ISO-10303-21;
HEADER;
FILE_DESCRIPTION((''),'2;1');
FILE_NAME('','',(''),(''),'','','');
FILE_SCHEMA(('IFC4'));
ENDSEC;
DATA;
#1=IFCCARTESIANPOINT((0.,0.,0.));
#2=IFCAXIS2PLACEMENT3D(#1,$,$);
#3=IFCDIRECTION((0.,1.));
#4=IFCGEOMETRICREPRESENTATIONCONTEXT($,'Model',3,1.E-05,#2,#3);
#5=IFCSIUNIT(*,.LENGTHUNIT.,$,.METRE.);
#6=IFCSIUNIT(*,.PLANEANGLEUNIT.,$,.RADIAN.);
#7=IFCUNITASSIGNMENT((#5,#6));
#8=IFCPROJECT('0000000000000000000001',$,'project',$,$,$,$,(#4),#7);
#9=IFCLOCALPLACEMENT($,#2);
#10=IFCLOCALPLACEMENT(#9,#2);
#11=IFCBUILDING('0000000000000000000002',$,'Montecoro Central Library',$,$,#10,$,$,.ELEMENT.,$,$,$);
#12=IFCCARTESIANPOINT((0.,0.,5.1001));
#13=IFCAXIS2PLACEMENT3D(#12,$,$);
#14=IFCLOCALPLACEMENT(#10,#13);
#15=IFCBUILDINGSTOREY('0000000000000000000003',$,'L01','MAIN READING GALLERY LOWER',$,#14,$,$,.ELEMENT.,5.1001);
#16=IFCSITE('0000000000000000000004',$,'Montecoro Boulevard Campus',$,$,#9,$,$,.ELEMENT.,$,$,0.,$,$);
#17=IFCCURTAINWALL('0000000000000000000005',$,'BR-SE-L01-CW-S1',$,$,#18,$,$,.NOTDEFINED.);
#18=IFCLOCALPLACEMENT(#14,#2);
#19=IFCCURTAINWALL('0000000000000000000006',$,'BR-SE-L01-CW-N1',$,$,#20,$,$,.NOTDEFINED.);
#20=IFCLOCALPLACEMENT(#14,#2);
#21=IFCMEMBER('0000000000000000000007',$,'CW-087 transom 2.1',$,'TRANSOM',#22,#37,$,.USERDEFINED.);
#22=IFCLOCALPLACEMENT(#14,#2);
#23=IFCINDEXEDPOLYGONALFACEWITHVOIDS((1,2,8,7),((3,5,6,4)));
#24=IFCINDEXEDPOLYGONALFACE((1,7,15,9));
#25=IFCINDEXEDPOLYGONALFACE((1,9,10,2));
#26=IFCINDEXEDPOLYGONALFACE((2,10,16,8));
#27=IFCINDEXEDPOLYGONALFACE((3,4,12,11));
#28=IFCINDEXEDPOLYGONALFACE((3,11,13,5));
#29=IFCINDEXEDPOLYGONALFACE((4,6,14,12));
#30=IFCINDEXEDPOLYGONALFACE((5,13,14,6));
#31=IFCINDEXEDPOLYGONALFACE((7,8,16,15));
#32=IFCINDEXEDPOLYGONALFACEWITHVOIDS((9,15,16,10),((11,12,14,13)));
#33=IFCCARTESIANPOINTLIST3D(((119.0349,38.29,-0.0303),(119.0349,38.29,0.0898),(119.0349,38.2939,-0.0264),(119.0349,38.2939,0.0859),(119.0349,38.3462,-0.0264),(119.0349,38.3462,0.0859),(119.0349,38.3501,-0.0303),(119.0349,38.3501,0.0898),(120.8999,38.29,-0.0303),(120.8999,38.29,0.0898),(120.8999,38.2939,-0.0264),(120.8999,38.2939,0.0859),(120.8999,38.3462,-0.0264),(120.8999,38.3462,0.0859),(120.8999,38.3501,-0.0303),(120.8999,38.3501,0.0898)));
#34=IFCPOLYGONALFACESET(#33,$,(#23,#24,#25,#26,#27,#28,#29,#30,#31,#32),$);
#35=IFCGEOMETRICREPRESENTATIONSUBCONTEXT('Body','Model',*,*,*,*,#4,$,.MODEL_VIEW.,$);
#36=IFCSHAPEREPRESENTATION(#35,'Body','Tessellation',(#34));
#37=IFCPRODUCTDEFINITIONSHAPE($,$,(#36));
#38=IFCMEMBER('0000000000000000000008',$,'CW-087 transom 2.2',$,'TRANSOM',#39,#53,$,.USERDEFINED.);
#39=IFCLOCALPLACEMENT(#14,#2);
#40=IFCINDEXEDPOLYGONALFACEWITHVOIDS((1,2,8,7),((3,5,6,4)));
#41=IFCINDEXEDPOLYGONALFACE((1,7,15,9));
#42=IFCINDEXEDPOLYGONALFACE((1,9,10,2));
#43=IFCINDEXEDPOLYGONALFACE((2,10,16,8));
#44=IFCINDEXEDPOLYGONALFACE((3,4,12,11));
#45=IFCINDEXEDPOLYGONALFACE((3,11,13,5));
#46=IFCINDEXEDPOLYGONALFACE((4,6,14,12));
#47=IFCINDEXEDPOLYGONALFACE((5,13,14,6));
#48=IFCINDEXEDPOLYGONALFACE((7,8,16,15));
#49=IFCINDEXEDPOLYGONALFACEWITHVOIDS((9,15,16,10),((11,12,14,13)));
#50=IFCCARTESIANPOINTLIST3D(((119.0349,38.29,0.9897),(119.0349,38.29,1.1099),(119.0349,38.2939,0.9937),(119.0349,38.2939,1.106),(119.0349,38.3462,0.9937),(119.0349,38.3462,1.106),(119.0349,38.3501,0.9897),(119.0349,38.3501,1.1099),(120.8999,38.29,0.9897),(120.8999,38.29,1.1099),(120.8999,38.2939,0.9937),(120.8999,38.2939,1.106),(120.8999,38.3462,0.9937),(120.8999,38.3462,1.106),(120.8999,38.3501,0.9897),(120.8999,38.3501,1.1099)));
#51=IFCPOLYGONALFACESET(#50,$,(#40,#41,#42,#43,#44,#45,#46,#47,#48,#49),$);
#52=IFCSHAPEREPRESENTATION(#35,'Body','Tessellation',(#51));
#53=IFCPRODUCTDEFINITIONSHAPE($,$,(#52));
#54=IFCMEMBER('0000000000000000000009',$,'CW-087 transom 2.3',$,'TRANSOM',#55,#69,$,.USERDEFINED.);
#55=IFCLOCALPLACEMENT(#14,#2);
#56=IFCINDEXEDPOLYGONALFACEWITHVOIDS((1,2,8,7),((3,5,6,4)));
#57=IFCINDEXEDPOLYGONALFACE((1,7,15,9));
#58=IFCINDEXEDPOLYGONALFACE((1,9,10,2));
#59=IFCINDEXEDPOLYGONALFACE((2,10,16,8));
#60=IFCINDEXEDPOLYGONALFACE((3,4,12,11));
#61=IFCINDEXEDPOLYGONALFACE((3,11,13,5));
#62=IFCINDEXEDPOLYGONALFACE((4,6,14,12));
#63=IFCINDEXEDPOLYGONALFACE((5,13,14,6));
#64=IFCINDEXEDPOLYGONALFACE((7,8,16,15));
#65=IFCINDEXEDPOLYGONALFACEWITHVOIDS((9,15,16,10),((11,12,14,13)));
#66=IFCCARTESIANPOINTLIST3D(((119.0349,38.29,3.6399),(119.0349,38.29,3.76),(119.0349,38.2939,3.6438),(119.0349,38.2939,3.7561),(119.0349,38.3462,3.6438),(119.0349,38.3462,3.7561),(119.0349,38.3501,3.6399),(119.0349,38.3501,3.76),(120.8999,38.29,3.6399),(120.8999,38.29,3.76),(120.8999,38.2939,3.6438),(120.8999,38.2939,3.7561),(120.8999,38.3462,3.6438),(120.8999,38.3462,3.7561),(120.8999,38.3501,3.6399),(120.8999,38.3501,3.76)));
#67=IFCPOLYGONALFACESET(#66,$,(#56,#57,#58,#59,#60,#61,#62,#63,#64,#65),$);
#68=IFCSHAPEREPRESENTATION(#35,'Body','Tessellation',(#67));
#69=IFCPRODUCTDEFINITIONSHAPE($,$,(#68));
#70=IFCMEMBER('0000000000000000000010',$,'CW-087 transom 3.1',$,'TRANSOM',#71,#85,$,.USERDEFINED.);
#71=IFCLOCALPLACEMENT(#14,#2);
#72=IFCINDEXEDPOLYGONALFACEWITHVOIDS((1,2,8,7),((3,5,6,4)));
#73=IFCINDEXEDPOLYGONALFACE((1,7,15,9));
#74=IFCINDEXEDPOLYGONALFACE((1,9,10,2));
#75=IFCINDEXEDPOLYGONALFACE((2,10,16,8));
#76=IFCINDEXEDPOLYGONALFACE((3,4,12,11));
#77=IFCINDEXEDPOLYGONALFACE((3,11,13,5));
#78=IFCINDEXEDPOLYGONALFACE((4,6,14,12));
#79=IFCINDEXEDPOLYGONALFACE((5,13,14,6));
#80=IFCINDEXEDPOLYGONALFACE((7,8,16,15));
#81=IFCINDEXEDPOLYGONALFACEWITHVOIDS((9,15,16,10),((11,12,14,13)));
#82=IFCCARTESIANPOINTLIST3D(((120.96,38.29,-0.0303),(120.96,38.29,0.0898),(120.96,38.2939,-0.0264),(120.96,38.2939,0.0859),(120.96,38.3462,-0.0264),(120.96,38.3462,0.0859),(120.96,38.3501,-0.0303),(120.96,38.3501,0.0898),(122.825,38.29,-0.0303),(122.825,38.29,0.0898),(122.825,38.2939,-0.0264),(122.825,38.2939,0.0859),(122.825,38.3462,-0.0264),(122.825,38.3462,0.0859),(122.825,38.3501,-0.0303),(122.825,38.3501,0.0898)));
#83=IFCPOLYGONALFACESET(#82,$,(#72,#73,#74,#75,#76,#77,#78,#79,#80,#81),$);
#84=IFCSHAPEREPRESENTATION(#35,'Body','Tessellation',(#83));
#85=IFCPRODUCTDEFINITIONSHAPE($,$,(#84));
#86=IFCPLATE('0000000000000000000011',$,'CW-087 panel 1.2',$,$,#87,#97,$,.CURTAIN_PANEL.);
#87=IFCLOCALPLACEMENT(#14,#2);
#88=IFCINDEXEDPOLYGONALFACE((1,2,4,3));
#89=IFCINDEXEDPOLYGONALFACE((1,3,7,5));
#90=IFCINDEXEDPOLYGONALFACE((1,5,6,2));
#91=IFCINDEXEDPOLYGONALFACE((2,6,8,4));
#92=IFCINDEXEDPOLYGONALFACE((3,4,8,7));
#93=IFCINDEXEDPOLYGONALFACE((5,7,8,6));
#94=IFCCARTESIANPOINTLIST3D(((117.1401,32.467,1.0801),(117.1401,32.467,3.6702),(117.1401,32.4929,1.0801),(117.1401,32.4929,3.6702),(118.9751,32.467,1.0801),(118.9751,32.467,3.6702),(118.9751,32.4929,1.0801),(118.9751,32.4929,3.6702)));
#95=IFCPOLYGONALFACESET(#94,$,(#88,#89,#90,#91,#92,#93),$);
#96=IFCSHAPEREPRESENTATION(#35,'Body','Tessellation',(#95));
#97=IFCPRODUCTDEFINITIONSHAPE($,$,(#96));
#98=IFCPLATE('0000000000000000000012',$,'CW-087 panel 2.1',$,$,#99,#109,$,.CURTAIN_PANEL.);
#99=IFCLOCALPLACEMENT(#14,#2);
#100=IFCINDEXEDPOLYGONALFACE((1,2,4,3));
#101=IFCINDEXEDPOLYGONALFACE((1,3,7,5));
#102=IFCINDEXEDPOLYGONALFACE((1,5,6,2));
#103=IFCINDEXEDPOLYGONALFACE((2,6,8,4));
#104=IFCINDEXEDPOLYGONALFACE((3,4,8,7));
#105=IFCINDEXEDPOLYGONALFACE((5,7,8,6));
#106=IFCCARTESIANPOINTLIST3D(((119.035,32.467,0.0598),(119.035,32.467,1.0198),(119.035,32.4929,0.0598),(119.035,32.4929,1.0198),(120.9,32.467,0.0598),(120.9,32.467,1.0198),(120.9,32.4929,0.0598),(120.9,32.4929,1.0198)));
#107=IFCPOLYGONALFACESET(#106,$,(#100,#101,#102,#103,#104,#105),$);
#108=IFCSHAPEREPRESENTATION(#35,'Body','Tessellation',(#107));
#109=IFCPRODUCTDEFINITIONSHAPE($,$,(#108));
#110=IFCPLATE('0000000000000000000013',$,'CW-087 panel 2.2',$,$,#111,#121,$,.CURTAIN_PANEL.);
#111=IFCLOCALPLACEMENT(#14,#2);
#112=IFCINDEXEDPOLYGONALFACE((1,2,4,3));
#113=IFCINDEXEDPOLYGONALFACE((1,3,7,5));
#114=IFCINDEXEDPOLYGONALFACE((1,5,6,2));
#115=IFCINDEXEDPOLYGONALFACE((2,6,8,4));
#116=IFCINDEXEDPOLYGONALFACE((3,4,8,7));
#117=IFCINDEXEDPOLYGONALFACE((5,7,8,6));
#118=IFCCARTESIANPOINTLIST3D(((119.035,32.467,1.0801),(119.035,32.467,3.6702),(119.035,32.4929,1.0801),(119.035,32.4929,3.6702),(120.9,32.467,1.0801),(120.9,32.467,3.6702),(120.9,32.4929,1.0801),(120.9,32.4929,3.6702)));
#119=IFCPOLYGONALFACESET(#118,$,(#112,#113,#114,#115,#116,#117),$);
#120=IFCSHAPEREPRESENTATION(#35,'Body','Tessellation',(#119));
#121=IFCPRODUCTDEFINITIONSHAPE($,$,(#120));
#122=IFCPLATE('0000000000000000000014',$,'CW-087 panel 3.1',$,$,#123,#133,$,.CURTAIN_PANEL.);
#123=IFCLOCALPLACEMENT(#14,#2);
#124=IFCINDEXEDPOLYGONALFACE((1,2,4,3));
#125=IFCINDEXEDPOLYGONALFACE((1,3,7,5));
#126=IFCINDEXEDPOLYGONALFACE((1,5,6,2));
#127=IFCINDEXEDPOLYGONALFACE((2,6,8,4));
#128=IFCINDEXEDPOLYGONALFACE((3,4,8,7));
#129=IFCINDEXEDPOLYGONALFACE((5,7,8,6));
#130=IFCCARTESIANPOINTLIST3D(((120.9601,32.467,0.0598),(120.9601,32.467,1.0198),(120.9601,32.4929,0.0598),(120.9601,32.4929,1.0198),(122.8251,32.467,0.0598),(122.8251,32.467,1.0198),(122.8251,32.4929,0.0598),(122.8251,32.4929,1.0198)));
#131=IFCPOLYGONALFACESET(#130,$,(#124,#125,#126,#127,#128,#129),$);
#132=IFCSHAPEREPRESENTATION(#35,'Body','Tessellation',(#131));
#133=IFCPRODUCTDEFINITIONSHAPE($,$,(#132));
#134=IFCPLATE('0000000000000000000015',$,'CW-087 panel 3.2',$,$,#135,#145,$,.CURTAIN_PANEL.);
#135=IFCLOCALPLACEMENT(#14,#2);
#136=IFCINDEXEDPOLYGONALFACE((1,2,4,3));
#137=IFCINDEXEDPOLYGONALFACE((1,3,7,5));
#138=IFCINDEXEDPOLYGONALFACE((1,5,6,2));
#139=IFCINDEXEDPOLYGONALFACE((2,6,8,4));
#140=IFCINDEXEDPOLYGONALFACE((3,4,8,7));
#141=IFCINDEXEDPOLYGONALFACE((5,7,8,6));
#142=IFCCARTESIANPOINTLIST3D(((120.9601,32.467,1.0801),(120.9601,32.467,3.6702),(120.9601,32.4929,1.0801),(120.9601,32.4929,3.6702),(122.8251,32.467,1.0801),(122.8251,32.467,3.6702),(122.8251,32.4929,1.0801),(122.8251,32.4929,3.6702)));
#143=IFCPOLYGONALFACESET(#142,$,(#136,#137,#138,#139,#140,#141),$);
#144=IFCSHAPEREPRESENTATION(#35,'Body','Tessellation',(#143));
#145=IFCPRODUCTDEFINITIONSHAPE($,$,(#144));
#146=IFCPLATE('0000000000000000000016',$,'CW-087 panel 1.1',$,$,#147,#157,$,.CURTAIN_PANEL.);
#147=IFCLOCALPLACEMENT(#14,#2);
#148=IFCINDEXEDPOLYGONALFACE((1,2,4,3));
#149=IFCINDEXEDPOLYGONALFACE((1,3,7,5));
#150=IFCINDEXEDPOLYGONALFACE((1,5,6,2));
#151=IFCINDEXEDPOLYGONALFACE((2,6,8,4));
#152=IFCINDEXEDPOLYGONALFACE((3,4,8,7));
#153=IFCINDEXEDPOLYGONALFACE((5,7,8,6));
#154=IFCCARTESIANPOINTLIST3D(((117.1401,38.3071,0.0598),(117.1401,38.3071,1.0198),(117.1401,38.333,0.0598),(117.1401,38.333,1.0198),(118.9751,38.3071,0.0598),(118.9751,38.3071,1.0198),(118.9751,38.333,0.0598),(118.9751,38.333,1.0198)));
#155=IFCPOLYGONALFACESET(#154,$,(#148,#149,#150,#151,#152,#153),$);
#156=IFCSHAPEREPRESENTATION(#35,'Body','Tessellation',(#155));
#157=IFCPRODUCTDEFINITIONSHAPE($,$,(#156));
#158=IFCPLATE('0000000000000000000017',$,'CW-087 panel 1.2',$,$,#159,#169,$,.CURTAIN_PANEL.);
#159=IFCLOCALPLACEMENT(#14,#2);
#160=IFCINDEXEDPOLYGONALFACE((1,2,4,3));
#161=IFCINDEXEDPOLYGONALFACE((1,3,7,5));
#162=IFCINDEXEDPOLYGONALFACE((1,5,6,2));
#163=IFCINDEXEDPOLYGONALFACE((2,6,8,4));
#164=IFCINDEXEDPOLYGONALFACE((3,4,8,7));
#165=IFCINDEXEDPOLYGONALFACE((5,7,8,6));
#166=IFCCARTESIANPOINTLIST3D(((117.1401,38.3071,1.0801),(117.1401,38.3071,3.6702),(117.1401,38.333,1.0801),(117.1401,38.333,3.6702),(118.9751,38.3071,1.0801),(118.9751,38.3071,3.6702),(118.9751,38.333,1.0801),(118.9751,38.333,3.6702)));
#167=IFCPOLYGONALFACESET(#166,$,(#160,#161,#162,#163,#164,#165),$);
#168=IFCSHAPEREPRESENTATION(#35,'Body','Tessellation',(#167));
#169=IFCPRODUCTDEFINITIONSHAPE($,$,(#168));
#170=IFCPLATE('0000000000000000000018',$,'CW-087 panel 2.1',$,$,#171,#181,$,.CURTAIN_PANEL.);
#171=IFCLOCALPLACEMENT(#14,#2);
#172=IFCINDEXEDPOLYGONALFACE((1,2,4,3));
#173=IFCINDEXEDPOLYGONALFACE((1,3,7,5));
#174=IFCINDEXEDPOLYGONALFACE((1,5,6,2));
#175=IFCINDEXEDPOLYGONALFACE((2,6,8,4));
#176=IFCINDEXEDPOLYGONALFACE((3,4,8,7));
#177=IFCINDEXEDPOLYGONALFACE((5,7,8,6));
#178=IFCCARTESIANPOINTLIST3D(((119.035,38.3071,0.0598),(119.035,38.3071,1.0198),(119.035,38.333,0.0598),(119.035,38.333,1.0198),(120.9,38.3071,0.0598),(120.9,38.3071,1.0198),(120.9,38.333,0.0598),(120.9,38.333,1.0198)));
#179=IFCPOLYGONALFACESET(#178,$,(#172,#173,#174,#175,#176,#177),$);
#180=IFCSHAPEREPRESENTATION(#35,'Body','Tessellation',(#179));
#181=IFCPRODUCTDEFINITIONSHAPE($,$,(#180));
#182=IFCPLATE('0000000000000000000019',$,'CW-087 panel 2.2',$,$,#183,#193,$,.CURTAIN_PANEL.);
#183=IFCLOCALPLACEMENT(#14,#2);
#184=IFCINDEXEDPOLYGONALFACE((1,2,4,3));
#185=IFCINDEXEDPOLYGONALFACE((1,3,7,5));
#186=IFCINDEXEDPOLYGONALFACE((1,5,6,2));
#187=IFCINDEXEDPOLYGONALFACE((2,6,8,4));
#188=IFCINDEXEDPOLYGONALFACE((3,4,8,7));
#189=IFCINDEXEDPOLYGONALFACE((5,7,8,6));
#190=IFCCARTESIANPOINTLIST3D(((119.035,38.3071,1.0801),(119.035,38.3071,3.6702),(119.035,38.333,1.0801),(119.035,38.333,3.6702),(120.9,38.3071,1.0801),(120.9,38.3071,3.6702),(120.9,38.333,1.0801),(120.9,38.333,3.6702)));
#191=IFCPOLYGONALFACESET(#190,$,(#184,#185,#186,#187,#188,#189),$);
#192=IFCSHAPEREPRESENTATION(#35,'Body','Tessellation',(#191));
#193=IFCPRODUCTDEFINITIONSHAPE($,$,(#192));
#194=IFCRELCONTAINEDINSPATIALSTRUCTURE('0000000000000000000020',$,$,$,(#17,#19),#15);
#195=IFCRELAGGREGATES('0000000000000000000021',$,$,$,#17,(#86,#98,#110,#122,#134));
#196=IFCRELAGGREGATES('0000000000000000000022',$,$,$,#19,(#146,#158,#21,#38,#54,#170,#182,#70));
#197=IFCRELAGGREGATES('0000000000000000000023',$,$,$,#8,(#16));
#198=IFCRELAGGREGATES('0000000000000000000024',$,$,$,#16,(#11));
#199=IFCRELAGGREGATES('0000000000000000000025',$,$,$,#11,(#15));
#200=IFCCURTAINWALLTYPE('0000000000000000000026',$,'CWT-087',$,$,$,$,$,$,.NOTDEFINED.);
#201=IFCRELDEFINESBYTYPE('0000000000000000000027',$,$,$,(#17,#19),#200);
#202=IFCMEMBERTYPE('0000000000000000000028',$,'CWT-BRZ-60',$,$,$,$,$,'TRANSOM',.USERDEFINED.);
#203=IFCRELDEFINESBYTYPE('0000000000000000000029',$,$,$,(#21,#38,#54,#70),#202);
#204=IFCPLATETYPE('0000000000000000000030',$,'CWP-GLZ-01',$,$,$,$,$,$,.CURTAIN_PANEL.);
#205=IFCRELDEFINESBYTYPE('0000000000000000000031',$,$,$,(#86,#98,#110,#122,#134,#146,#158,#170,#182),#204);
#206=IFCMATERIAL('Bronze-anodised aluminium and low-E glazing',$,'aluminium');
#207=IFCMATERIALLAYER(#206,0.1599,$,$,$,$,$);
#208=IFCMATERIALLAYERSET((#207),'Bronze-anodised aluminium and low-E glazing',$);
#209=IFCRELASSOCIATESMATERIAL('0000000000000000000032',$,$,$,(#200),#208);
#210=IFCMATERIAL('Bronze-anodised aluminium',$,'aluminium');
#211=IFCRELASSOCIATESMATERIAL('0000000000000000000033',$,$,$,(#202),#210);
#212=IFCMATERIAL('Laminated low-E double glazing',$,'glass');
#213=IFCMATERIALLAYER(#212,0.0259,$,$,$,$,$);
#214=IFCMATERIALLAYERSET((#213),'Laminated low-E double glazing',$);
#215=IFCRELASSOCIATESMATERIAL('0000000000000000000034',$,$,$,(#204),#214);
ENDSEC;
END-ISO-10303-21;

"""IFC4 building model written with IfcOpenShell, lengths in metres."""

from ifc_helpers import new_model, si_unit, direction, frame, origin, origin_2d, place, context, subcontext, project, spatial, rectangle, hollow_rectangle, extrude, material, layer, layer_set, material_profile, profile_set, type_object, element, aggregate, save


model = new_model("IFC4")

# Units and contexts
model_context = context("Model", 3, precision=1e-05, world=origin(), true_north=direction((0.0, 1.0)))
body_context = subcontext(model_context, "Body", "Model", "MODEL_VIEW")
ifc_project = project(units=[si_unit("LENGTHUNIT", "METRE"), si_unit("PLANEANGLEUNIT", "RADIAN")], contexts=[model_context])

# Site, building, storey
site_placement = place(None, origin())
site = spatial("IfcSite", under=ifc_project, at=site_placement, Name="Montecoro Boulevard Campus", CompositionType="ELEMENT", RefElevation=0.0)
building_placement = place(site_placement, origin())
building = spatial("IfcBuilding", under=site, at=building_placement, Name="Montecoro Central Library", CompositionType="ELEMENT")
storey_placement = place(building_placement, frame((0.0, 0.0, 5.1001)))
storey = spatial("IfcBuildingStorey", under=building, at=storey_placement, Name="L01", Description="MAIN READING GALLERY LOWER", CompositionType="ELEMENT", Elevation=5.1001)

# Curtain walls
ifc_material_1 = material(Name="Bronze-anodised aluminium and low-E glazing", Category="aluminium")
ifc_layer_1 = layer(ifc_material_1, 0.1599)
ifc_layer_set_1 = layer_set([ifc_layer_1], Name="Bronze-anodised aluminium and low-E glazing")
curtain_wall_type = type_object("IfcCurtainWallType", Name="CWT-087", PredefinedType="NOTDEFINED", material=ifc_layer_set_1)
curtain_wall_1_placement = place(storey_placement, origin())
curtain_wall_1 = element("IfcCurtainWall", 1, at=curtain_wall_1_placement, inside=storey, type_object=curtain_wall_type, Name="BR-SE-L01-CW-S1", PredefinedType="NOTDEFINED")
ifc_material_2 = material(Name="Bronze-anodised aluminium", Category="aluminium")
curtain_wall_2_placement = place(storey_placement, origin())
curtain_wall_2 = element("IfcCurtainWall", 2, at=curtain_wall_2_placement, inside=storey, type_object=curtain_wall_type, Name="BR-SE-L01-CW-N1", PredefinedType="NOTDEFINED")

# Members
ifc_material_profile_1 = material_profile(ifc_material_2, hollow_rectangle(XDim=0.0601, YDim=0.1201, WallThickness=0.0039, at=origin_2d()), Name="CWT 120x60x4.0")
ifc_profile_set_1 = profile_set([ifc_material_profile_1], Name="Bronze-anodised aluminium")
member_type_1 = type_object("IfcMemberType", Name="CWT-BRZ-60", ElementType="TRANSOM", PredefinedType="USERDEFINED", material=ifc_profile_set_1)
member_1_placement = place(storey_placement, frame((119.0349, 38.3201, 0.0298), z_axis=(1.0, 0.0, 0.0), x_axis=(0.0, 1.0, 0.0)))
member_1 = element("IfcMember", 3, at=member_1_placement, type_object=member_type_1, Name="CW-087 transom 2.1", ObjectType="TRANSOM", PredefinedType="USERDEFINED", context=body_context, shape_type="SweptSolid", body=[
    extrude(hollow_rectangle(XDim=0.0601, YDim=0.1201, WallThickness=0.0039, at=origin_2d()), origin(), (0.0, 0.0, 1.0), 1.865),
])
member_2_placement = place(storey_placement, frame((119.0349, 38.3201, 1.0498), z_axis=(1.0, 0.0, 0.0), x_axis=(0.0, 1.0, 0.0)))
member_2 = element("IfcMember", 4, at=member_2_placement, type_object=member_type_1, Name="CW-087 transom 2.2", ObjectType="TRANSOM", PredefinedType="USERDEFINED", context=body_context, shape_type="SweptSolid", body=[
    extrude(hollow_rectangle(XDim=0.0601, YDim=0.1201, WallThickness=0.0039, at=origin_2d()), origin(), (0.0, 0.0, 1.0), 1.865),
])
member_3_placement = place(storey_placement, frame((119.0349, 38.3201, 3.7), z_axis=(1.0, 0.0, 0.0), x_axis=(0.0, 1.0, 0.0)))
member_3 = element("IfcMember", 5, at=member_3_placement, type_object=member_type_1, Name="CW-087 transom 2.3", ObjectType="TRANSOM", PredefinedType="USERDEFINED", context=body_context, shape_type="SweptSolid", body=[
    extrude(hollow_rectangle(XDim=0.0601, YDim=0.1201, WallThickness=0.0039, at=origin_2d()), origin(), (0.0, 0.0, 1.0), 1.865),
])
member_4_placement = place(storey_placement, frame((120.96, 38.3201, 0.0298), z_axis=(1.0, 0.0, 0.0), x_axis=(0.0, 1.0, 0.0)))
member_4 = element("IfcMember", 6, at=member_4_placement, type_object=member_type_1, Name="CW-087 transom 3.1", ObjectType="TRANSOM", PredefinedType="USERDEFINED", context=body_context, shape_type="SweptSolid", body=[
    extrude(hollow_rectangle(XDim=0.0601, YDim=0.1201, WallThickness=0.0039, at=origin_2d()), origin(), (0.0, 0.0, 1.0), 1.865),
])

# Plates
ifc_material_3 = material(Name="Laminated low-E double glazing", Category="glass")
ifc_layer_2 = layer(ifc_material_3, 0.0259)
ifc_layer_set_2 = layer_set([ifc_layer_2], Name="Laminated low-E double glazing")
plate_type = type_object("IfcPlateType", Name="CWP-GLZ-01", PredefinedType="CURTAIN_PANEL", material=ifc_layer_set_2)
plate_1_placement = place(storey_placement, frame((118.0576, 32.48, 1.0801), z_axis=(0.0, 0.0, 1.0), x_axis=(1.0, 0.0, 0.0)))
plate_1 = element("IfcPlate", 7, at=plate_1_placement, type_object=plate_type, Name="CW-087 panel 1.2", PredefinedType="CURTAIN_PANEL", context=body_context, shape_type="SweptSolid", body=[
    extrude(rectangle(XDim=1.835, YDim=0.0259, at=origin_2d()), origin(), (0.0, 0.0, 1.0), 2.5901),
])
plate_2_placement = place(storey_placement, frame((119.9675, 32.48, 0.0598), z_axis=(0.0, 0.0, 1.0), x_axis=(1.0, 0.0, 0.0)))
plate_2 = element("IfcPlate", 8, at=plate_2_placement, type_object=plate_type, Name="CW-087 panel 2.1", PredefinedType="CURTAIN_PANEL", context=body_context, shape_type="SweptSolid", body=[
    extrude(rectangle(XDim=1.865, YDim=0.0259, at=origin_2d()), origin(), (0.0, 0.0, 1.0), 0.96),
])
plate_3_placement = place(storey_placement, frame((119.9675, 32.48, 1.0801), z_axis=(0.0, 0.0, 1.0), x_axis=(1.0, 0.0, 0.0)))
plate_3 = element("IfcPlate", 9, at=plate_3_placement, type_object=plate_type, Name="CW-087 panel 2.2", PredefinedType="CURTAIN_PANEL", context=body_context, shape_type="SweptSolid", body=[
    extrude(rectangle(XDim=1.865, YDim=0.0259, at=origin_2d()), origin(), (0.0, 0.0, 1.0), 2.5901),
])
plate_4_placement = place(storey_placement, frame((121.8926, 32.48, 0.0598), z_axis=(0.0, 0.0, 1.0), x_axis=(1.0, 0.0, 0.0)))
plate_4 = element("IfcPlate", 10, at=plate_4_placement, type_object=plate_type, Name="CW-087 panel 3.1", PredefinedType="CURTAIN_PANEL", context=body_context, shape_type="SweptSolid", body=[
    extrude(rectangle(XDim=1.865, YDim=0.0259, at=origin_2d()), origin(), (0.0, 0.0, 1.0), 0.96),
])
plate_5_placement = place(storey_placement, frame((121.8926, 32.48, 1.0801), z_axis=(0.0, 0.0, 1.0), x_axis=(1.0, 0.0, 0.0)))
plate_5 = element("IfcPlate", 11, at=plate_5_placement, type_object=plate_type, Name="CW-087 panel 3.2", PredefinedType="CURTAIN_PANEL", context=body_context, shape_type="SweptSolid", body=[
    extrude(rectangle(XDim=1.865, YDim=0.0259, at=origin_2d()), origin(), (0.0, 0.0, 1.0), 2.5901),
])
aggregate(curtain_wall_1, [plate_1, plate_2, plate_3, plate_4, plate_5])
plate_6_placement = place(storey_placement, frame((118.0576, 38.3201, 0.0598), z_axis=(0.0, 0.0, 1.0), x_axis=(1.0, 0.0, 0.0)))
plate_6 = element("IfcPlate", 12, at=plate_6_placement, type_object=plate_type, Name="CW-087 panel 1.1", PredefinedType="CURTAIN_PANEL", context=body_context, shape_type="SweptSolid", body=[
    extrude(rectangle(XDim=1.835, YDim=0.0259, at=origin_2d()), origin(), (0.0, 0.0, 1.0), 0.96),
])
plate_7_placement = place(storey_placement, frame((118.0576, 38.3201, 1.0801), z_axis=(0.0, 0.0, 1.0), x_axis=(1.0, 0.0, 0.0)))
plate_7 = element("IfcPlate", 13, at=plate_7_placement, type_object=plate_type, Name="CW-087 panel 1.2", PredefinedType="CURTAIN_PANEL", context=body_context, shape_type="SweptSolid", body=[
    extrude(rectangle(XDim=1.835, YDim=0.0259, at=origin_2d()), origin(), (0.0, 0.0, 1.0), 2.5901),
])
plate_8_placement = place(storey_placement, frame((119.9675, 38.3201, 0.0598), z_axis=(0.0, 0.0, 1.0), x_axis=(1.0, 0.0, 0.0)))
plate_8 = element("IfcPlate", 14, at=plate_8_placement, type_object=plate_type, Name="CW-087 panel 2.1", PredefinedType="CURTAIN_PANEL", context=body_context, shape_type="SweptSolid", body=[
    extrude(rectangle(XDim=1.865, YDim=0.0259, at=origin_2d()), origin(), (0.0, 0.0, 1.0), 0.96),
])
plate_9_placement = place(storey_placement, frame((119.9675, 38.3201, 1.0801), z_axis=(0.0, 0.0, 1.0), x_axis=(1.0, 0.0, 0.0)))
plate_9 = element("IfcPlate", 15, at=plate_9_placement, type_object=plate_type, Name="CW-087 panel 2.2", PredefinedType="CURTAIN_PANEL", context=body_context, shape_type="SweptSolid", body=[
    extrude(rectangle(XDim=1.865, YDim=0.0259, at=origin_2d()), origin(), (0.0, 0.0, 1.0), 2.5901),
])
aggregate(curtain_wall_2, [plate_6, plate_7, member_1, member_2, member_3, plate_8, plate_9, member_4])

save(model, "model.ifc")
